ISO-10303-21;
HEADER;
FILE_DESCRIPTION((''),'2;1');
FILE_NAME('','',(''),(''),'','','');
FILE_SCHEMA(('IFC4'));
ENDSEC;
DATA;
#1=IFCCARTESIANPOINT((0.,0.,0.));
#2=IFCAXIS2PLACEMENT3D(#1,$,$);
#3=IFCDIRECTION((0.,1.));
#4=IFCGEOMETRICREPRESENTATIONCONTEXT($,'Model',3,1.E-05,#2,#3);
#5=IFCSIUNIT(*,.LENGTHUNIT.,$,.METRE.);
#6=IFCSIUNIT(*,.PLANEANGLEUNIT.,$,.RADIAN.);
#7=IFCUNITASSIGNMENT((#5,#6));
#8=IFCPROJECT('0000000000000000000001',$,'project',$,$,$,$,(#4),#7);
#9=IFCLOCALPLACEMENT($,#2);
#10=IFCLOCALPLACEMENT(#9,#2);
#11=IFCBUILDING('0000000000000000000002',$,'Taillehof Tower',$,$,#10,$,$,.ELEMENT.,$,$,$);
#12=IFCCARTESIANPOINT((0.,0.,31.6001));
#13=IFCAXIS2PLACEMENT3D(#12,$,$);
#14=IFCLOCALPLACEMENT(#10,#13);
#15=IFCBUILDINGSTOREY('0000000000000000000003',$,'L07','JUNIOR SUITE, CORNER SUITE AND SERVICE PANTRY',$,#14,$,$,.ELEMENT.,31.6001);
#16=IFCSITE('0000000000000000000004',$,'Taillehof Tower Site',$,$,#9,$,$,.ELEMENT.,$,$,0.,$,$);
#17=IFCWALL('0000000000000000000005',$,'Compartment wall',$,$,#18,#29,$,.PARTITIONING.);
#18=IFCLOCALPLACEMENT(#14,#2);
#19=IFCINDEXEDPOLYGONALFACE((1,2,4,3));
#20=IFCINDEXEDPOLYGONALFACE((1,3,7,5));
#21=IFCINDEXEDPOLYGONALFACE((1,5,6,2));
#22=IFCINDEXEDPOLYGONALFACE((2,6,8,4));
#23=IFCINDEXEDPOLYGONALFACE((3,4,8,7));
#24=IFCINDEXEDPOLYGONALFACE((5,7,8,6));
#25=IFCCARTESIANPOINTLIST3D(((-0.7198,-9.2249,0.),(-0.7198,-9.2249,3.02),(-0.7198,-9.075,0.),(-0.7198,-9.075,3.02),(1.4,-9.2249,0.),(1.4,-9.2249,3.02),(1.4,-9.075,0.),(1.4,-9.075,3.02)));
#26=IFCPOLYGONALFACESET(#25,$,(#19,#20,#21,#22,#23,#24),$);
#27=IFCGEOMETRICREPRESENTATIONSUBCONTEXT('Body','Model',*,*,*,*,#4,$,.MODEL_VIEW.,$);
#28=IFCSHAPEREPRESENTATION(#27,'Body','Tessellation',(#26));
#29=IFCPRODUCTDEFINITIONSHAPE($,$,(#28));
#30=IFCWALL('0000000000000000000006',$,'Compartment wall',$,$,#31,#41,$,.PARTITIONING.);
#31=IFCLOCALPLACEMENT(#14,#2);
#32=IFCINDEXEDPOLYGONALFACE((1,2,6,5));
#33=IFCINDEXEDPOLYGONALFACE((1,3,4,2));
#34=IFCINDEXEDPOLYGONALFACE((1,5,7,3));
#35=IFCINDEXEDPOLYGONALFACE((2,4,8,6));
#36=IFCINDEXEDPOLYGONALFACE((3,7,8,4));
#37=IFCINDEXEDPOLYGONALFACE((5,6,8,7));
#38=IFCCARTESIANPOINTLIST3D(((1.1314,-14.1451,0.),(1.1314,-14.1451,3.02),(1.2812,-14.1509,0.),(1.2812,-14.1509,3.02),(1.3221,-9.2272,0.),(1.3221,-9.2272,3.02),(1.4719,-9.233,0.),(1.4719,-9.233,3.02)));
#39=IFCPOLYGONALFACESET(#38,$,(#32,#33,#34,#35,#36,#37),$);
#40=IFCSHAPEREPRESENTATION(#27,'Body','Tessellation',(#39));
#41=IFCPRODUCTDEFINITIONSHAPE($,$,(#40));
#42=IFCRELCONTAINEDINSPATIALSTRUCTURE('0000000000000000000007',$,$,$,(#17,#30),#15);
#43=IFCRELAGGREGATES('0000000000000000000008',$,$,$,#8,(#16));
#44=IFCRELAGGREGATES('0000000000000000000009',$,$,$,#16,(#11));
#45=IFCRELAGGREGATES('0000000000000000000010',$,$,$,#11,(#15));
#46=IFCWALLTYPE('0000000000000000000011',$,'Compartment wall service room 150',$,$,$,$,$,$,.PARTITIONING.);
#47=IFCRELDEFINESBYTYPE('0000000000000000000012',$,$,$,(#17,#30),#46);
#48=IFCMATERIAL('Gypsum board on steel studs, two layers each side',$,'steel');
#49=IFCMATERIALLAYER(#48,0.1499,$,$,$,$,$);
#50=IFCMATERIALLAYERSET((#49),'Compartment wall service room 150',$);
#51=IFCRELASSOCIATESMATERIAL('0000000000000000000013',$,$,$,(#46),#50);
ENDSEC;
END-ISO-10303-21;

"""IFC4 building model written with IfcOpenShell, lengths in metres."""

from ifc_helpers import new_model, si_unit, direction, frame, frame_2d, origin, place, context, subcontext, project, spatial, rectangle, extrude, material, layer, layer_set, type_object, element, save


model = new_model("IFC4")

# Units and contexts
model_context = context("Model", 3, precision=1e-05, world=origin(), true_north=direction((0.0, 1.0)))
body_context = subcontext(model_context, "Body", "Model", "MODEL_VIEW")
ifc_project = project(units=[si_unit("LENGTHUNIT", "METRE"), si_unit("PLANEANGLEUNIT", "RADIAN")], contexts=[model_context])

# Site, building, storey
site_placement = place(None, origin())
site = spatial("IfcSite", under=ifc_project, at=site_placement, Name="Taillehof Tower Site", CompositionType="ELEMENT", RefElevation=0.0)
building_placement = place(site_placement, origin())
building = spatial("IfcBuilding", under=site, at=building_placement, Name="Taillehof Tower", CompositionType="ELEMENT")
storey_placement = place(building_placement, frame((0.0, 0.0, 31.6001)))
storey = spatial("IfcBuildingStorey", under=building, at=storey_placement, Name="L07", Description="JUNIOR SUITE, CORNER SUITE AND SERVICE PANTRY", CompositionType="ELEMENT", Elevation=31.6001)

# Walls
ifc_material_1 = material(Name="Gypsum board on steel studs, two layers each side", Category="steel")
ifc_layer_1 = layer(ifc_material_1, 0.1499)
ifc_layer_set_1 = layer_set([ifc_layer_1], Name="Compartment wall service room 150")
wall_type_1 = type_object("IfcWallType", Name="Compartment wall service room 150", PredefinedType="PARTITIONING", material=ifc_layer_set_1)
wall_1_placement = place(storey_placement, frame((-0.72, -9.1499, 0.0), z_axis=(0.0, 0.0, 1.0), x_axis=(1.0, 0.0, 0.0)))
element("IfcWall", 1, at=wall_1_placement, inside=storey, type_object=wall_type_1, Name="Compartment wall", PredefinedType="PARTITIONING", context=body_context, shape_type="SweptSolid", body=[
    extrude(rectangle(XDim=2.1199, YDim=0.1499, at=frame_2d((1.0601, 0.0))), origin(), (0.0, 0.0, 1.0), 3.02),
])
wall_2_placement = place(storey_placement, frame((1.397, -9.23, 0.0), z_axis=(0.0, 0.0, 1.0), x_axis=(-0.038742, -0.999249, 0.0)))
element("IfcWall", 2, at=wall_2_placement, inside=storey, type_object=wall_type_1, Name="Compartment wall", PredefinedType="PARTITIONING", context=body_context, shape_type="SweptSolid", body=[
    extrude(rectangle(XDim=4.9216, YDim=0.1499, at=frame_2d((2.4609, 0.0))), origin(), (0.0, 0.0, 1.0), 3.02),
])

save(model, "model.ifc")
